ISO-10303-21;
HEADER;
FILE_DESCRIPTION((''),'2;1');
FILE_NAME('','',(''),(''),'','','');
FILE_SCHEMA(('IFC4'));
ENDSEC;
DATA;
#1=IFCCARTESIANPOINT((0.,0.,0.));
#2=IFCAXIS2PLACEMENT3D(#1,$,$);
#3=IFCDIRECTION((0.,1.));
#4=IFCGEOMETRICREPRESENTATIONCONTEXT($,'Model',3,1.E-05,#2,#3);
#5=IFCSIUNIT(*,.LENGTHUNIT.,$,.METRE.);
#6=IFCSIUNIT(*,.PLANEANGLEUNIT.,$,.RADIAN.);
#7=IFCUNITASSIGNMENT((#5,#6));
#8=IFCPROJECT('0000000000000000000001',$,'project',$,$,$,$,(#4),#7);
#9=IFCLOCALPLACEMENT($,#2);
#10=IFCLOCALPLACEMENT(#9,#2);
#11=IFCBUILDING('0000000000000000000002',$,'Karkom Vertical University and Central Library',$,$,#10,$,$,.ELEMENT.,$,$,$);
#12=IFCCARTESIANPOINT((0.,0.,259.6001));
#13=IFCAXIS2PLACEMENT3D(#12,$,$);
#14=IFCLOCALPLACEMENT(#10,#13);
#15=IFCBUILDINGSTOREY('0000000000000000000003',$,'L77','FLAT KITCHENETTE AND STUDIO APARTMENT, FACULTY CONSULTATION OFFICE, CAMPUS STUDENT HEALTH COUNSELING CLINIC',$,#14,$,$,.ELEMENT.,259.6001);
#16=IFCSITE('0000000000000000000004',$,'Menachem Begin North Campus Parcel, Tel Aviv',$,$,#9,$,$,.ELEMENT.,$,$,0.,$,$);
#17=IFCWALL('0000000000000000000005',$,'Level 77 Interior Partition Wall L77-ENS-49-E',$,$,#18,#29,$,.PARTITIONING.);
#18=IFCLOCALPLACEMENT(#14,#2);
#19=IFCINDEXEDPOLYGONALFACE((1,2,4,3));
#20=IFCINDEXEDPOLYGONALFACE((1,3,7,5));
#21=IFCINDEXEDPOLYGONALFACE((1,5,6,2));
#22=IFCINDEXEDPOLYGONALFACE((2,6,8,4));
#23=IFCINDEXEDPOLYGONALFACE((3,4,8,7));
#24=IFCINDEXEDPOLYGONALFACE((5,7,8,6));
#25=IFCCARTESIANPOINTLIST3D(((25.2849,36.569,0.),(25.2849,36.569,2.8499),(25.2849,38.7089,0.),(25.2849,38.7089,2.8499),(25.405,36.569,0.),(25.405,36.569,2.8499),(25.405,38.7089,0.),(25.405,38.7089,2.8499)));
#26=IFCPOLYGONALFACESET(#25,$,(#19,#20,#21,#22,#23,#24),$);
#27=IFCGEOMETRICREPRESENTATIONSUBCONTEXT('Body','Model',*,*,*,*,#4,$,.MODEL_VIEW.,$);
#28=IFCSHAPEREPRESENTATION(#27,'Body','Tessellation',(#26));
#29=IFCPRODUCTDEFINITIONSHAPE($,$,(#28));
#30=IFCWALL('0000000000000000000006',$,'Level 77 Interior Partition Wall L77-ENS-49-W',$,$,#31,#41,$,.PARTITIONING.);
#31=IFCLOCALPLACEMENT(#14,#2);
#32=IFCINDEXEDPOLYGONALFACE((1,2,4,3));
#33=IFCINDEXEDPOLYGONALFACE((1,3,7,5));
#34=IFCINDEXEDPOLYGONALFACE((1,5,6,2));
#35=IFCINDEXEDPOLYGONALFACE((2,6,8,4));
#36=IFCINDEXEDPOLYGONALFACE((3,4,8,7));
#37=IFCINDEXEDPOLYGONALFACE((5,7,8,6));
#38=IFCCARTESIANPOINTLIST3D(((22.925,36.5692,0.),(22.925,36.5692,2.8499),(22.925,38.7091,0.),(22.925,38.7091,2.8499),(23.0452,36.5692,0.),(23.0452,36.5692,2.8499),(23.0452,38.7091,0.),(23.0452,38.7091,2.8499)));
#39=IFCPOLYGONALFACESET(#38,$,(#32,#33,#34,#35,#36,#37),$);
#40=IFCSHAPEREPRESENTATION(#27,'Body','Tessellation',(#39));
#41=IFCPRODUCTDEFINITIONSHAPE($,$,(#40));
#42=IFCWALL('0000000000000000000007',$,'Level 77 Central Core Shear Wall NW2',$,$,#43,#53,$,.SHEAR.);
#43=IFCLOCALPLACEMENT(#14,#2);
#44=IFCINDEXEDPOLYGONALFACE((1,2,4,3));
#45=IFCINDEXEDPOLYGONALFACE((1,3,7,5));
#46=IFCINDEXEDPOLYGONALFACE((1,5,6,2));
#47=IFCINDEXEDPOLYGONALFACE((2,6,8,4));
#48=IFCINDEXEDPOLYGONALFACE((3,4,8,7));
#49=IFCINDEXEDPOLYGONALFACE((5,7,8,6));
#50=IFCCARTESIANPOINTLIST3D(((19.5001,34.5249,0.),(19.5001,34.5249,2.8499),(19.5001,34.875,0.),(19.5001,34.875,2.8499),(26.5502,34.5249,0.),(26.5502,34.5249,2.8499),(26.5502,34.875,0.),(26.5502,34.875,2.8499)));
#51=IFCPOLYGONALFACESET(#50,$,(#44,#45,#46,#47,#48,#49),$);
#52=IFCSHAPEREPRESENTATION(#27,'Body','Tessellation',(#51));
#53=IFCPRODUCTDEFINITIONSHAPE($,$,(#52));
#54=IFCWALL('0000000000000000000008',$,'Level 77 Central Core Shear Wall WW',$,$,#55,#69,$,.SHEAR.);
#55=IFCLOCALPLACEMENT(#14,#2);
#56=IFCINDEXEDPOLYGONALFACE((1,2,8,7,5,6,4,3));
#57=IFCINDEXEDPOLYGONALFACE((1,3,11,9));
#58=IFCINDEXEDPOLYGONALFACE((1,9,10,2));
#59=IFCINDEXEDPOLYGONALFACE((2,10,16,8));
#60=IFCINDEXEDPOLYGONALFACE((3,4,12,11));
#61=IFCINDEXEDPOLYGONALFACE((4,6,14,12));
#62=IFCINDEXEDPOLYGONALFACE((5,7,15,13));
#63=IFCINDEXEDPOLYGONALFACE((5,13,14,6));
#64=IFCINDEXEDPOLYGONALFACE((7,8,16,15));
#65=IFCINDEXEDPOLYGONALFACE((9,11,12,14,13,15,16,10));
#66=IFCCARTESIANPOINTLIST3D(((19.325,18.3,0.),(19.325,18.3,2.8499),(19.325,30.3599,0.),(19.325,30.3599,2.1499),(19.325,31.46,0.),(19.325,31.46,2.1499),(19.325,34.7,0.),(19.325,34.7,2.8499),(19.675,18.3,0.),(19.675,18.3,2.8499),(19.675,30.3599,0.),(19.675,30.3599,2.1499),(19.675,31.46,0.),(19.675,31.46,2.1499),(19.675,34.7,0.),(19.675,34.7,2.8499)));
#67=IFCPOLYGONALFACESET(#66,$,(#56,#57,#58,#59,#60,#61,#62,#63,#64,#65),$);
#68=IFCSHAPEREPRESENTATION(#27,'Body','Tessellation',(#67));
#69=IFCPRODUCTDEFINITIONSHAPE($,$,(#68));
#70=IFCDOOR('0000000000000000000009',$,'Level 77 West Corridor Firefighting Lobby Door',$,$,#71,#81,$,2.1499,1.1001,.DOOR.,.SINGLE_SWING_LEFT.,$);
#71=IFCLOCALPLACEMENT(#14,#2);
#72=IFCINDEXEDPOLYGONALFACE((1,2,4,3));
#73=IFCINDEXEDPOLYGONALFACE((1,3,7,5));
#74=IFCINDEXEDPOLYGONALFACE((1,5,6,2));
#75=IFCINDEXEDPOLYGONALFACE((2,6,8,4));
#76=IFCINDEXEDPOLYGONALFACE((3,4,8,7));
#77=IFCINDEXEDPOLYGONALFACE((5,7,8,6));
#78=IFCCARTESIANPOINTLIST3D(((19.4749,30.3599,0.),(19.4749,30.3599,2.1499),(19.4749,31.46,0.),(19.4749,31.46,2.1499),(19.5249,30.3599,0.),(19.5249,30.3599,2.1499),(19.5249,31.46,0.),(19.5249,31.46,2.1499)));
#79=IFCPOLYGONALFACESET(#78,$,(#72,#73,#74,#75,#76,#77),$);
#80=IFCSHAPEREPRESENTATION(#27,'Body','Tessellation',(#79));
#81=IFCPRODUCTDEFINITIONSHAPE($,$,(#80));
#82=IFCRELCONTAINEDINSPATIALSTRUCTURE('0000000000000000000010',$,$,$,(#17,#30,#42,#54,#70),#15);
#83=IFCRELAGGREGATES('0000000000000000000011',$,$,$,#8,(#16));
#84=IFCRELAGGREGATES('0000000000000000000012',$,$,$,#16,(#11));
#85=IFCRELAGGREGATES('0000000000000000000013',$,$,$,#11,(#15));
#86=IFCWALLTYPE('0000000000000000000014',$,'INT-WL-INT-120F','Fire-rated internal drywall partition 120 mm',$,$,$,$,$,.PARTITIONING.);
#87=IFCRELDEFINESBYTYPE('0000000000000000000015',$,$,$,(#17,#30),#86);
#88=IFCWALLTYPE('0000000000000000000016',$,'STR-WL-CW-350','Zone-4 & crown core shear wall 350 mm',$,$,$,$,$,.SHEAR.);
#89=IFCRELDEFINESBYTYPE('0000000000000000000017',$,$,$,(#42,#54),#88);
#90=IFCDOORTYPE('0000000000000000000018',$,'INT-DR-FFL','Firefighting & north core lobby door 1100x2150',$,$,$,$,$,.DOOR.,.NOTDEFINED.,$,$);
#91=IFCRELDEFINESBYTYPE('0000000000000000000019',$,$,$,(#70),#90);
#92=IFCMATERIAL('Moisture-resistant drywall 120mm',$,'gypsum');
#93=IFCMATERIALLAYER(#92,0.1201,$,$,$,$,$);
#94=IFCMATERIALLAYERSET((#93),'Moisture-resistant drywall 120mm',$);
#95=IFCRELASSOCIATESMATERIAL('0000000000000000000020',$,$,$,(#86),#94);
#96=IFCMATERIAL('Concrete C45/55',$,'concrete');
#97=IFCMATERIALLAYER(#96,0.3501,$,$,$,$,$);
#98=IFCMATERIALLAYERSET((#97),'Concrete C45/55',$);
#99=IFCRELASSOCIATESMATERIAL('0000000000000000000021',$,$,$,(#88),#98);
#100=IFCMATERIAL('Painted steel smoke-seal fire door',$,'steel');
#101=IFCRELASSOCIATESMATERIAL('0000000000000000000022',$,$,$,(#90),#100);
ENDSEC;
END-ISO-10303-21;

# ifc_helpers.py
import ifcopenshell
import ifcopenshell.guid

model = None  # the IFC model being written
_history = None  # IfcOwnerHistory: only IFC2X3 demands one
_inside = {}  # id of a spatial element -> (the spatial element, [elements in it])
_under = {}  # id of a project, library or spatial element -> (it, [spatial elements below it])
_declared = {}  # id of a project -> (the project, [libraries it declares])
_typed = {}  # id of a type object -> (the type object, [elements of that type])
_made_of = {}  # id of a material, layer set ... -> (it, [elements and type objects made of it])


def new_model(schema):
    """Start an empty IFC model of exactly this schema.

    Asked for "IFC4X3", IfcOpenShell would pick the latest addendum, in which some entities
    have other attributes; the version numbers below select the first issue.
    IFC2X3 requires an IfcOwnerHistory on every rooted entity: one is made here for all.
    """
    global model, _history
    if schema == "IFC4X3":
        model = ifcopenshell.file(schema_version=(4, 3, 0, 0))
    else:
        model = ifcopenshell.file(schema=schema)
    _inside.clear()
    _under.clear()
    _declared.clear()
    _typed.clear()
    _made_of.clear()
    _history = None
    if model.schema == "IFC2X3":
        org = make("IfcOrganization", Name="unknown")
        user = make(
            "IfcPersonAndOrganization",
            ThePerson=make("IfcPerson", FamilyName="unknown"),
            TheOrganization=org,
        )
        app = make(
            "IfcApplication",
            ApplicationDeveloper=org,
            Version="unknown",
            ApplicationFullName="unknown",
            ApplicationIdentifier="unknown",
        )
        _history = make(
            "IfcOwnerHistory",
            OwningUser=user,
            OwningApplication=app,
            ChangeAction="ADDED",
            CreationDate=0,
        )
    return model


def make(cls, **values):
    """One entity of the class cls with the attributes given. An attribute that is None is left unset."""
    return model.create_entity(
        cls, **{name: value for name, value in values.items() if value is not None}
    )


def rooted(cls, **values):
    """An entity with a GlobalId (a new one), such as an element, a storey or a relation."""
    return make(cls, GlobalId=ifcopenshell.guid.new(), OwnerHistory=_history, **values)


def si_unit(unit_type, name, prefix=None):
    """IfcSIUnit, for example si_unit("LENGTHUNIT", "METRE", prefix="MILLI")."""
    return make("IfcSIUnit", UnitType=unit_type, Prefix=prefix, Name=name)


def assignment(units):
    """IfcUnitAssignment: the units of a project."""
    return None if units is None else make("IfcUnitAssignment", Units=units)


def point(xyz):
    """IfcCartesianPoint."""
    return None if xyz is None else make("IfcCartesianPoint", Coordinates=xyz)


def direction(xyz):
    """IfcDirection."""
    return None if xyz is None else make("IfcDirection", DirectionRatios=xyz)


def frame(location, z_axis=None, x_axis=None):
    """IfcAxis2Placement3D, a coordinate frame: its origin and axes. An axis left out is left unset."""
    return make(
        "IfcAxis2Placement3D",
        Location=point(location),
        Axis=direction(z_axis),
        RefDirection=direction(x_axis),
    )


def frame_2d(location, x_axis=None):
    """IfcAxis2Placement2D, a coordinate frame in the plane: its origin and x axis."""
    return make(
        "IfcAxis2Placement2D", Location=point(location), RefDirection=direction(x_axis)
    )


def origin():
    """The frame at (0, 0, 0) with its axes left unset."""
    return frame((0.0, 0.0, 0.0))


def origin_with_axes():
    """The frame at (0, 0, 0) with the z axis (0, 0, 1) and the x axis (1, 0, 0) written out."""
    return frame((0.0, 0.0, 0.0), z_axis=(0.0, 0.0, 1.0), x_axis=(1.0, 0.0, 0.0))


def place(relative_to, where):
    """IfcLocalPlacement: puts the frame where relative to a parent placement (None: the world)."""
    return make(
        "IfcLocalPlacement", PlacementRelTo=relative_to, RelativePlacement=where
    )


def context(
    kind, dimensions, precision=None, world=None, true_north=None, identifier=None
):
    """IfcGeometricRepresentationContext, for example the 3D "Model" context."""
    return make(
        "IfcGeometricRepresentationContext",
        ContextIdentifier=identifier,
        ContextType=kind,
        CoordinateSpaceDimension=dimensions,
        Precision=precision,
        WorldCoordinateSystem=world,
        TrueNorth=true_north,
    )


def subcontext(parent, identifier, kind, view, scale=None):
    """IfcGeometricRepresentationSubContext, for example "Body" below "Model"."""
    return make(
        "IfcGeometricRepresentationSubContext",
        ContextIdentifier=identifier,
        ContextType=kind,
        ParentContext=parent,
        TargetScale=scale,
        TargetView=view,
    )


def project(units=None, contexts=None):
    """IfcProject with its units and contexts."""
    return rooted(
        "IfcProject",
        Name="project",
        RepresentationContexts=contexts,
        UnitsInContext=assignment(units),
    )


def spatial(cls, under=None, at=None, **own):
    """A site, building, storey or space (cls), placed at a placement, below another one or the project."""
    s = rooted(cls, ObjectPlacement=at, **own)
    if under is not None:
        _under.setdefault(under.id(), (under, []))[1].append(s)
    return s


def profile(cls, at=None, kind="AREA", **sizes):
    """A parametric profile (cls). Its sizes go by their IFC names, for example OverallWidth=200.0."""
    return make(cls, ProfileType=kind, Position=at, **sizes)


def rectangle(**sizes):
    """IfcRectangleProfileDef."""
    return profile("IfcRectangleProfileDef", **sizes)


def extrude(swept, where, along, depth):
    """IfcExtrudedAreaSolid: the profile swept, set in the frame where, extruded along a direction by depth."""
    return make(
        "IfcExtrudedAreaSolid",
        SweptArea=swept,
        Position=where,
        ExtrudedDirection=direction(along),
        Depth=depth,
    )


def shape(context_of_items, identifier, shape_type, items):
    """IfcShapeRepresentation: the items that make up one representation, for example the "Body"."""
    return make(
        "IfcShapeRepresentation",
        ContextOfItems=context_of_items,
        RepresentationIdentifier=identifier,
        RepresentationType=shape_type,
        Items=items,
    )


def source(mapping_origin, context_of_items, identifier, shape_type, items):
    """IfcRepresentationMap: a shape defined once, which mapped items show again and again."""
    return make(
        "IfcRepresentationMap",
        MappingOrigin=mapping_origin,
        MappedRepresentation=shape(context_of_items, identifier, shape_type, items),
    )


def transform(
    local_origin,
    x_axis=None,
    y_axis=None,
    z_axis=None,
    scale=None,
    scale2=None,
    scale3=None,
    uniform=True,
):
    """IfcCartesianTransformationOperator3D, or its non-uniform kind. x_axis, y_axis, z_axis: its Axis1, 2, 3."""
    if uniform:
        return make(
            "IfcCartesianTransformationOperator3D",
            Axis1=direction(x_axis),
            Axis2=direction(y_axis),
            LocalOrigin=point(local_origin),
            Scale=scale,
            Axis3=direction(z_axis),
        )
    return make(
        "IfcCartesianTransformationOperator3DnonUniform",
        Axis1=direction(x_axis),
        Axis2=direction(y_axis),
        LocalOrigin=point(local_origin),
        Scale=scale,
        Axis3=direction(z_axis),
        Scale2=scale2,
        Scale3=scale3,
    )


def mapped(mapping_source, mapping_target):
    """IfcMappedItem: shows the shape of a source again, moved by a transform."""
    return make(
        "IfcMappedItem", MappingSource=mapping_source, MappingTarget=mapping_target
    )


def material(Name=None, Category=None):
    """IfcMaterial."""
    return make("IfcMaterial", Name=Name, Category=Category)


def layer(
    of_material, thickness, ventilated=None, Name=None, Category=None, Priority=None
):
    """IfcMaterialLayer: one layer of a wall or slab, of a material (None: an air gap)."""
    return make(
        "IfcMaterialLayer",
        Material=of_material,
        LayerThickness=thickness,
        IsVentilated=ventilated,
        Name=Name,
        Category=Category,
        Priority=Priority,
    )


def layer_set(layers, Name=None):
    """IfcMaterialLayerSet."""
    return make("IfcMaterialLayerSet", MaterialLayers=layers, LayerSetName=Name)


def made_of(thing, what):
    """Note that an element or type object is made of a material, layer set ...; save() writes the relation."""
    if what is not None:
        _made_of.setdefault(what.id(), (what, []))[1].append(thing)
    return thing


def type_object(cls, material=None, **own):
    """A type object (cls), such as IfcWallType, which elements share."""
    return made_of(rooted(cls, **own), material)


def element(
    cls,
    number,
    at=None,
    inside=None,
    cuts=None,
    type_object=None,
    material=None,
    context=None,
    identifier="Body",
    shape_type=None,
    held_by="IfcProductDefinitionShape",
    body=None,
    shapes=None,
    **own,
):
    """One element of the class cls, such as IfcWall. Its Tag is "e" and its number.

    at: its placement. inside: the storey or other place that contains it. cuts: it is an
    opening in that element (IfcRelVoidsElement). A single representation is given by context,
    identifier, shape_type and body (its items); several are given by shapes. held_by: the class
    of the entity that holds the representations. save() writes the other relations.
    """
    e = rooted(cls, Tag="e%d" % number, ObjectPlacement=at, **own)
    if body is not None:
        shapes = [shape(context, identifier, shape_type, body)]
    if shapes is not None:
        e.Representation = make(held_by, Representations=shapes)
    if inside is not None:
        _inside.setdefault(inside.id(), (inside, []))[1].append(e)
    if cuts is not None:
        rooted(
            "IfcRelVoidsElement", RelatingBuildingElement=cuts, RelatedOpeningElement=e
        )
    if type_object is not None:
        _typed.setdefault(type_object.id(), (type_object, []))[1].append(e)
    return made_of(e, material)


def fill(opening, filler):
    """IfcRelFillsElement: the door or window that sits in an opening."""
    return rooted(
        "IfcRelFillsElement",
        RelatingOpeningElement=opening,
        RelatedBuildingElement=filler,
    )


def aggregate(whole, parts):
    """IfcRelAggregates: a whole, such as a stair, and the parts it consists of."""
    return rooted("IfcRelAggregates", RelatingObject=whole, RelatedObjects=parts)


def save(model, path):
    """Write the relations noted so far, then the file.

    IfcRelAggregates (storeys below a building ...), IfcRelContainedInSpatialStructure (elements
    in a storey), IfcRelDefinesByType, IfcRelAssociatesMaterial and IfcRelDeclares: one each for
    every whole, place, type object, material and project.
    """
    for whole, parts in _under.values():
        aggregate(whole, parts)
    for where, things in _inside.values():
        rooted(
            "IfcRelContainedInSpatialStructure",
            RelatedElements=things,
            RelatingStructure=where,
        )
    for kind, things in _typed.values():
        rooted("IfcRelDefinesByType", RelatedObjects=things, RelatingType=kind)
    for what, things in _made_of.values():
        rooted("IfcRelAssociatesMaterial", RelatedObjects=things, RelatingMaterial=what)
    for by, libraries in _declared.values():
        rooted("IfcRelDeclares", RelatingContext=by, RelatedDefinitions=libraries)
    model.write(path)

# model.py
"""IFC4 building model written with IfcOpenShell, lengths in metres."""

from ifc_helpers import new_model, si_unit, direction, frame, frame_2d, origin, origin_with_axes, place, context, subcontext, project, spatial, rectangle, extrude, source, transform, mapped, material, layer, layer_set, type_object, element, fill, save


model = new_model("IFC4")

# Units and contexts
model_context = context("Model", 3, precision=1e-05, world=origin(), true_north=direction((0.0, 1.0)))
body_context = subcontext(model_context, "Body", "Model", "MODEL_VIEW")
ifc_project = project(units=[si_unit("LENGTHUNIT", "METRE"), si_unit("PLANEANGLEUNIT", "RADIAN")], contexts=[model_context])

# Site, building, storey
site_placement = place(None, origin())
site = spatial("IfcSite", under=ifc_project, at=site_placement, Name="Menachem Begin North Campus Parcel, Tel Aviv", CompositionType="ELEMENT", RefElevation=0.0)
building_placement = place(site_placement, origin())
building = spatial("IfcBuilding", under=site, at=building_placement, Name="Karkom Vertical University and Central Library", CompositionType="ELEMENT")
storey_placement = place(building_placement, frame((0.0, 0.0, 259.6001)))
storey = spatial("IfcBuildingStorey", under=building, at=storey_placement, Name="L77", Description="FLAT KITCHENETTE AND STUDIO APARTMENT, FACULTY CONSULTATION OFFICE, CAMPUS STUDENT HEALTH COUNSELING CLINIC", CompositionType="ELEMENT", Elevation=259.6001)

# Shared definitions
ifc_material_1 = material(Name="Concrete C45/55", Category="concrete")

# Shared definitions
ifc_material_2 = material(Name="Moisture-resistant drywall 120mm", Category="gypsum")
ifc_layer_1 = layer(ifc_material_2, 0.1201)
ifc_layer_set_1 = layer_set([ifc_layer_1], Name="Moisture-resistant drywall 120mm")
wall_type_1 = type_object("IfcWallType", Name="INT-WL-INT-120F", Description="Fire-rated internal drywall partition 120 mm", PredefinedType="PARTITIONING", material=ifc_layer_set_1)

# Walls
for number, where, z_axis, x_axis, name in (
    (1, (25.345, 36.5691, 0.0), (0.0, 0.0, 1.0), (0.0, 1.0, 0.0), "Level 77 Interior Partition Wall L77-ENS-49-E"),
    (2, (22.9851, 38.709, 0.0), (0.0, 0.0, 1.0), (0.0, -1.0, 0.0), "Level 77 Interior Partition Wall L77-ENS-49-W"),
):
    element("IfcWall", number, at=place(storey_placement, frame(where, z_axis=z_axis, x_axis=x_axis)), inside=storey, type_object=wall_type_1, Name=name, PredefinedType="PARTITIONING", context=body_context, shape_type="SweptSolid", body=[
        extrude(rectangle(XDim=2.1399, YDim=0.1201, at=frame_2d((1.0698, 0.0))), origin(), (0.0, 0.0, 1.0), 2.8499),
    ])
ifc_layer_2 = layer(ifc_material_1, 0.3501)
ifc_layer_set_2 = layer_set([ifc_layer_2], Name="Concrete C45/55")
wall_type_2 = type_object("IfcWallType", Name="STR-WL-CW-350", Description="Zone-4 & crown core shear wall 350 mm", PredefinedType="SHEAR", material=ifc_layer_set_2)
wall_1_placement = place(storey_placement, frame((26.55, 34.7, 0.0), z_axis=(0.0, 0.0, 1.0), x_axis=(-1.0, 0.0, 0.0)))
element("IfcWall", 3, at=wall_1_placement, inside=storey, type_object=wall_type_2, Name="Level 77 Central Core Shear Wall NW2", PredefinedType="SHEAR", context=body_context, shape_type="SweptSolid", body=[
    extrude(rectangle(XDim=7.05, YDim=0.3501, at=frame_2d((3.5249, 0.0))), origin(), (0.0, 0.0, 1.0), 2.8499),
])

# Wall, opening, door
wall_2_placement = place(storey_placement, frame((19.5, 34.7, 0.0), z_axis=(0.0, 0.0, 1.0), x_axis=(0.0, -1.0, 0.0)))
wall_2 = element("IfcWall", 4, at=wall_2_placement, inside=storey, type_object=wall_type_2, Name="Level 77 Central Core Shear Wall WW", PredefinedType="SHEAR", context=body_context, shape_type="SweptSolid", body=[
    extrude(rectangle(XDim=16.3999, YDim=0.3501, at=frame_2d((8.2, 0.0))), origin(), (0.0, 0.0, 1.0), 2.8499),
])
opening_1_placement = place(wall_2_placement, frame((3.24, 0.0, 0.0)))
opening_1 = element("IfcOpeningElement", 5, at=opening_1_placement, cuts=wall_2, PredefinedType="OPENING", context=body_context, shape_type="SweptSolid", body=[
    extrude(rectangle(XDim=1.1001, YDim=2.1499, at=frame_2d((0.55, 1.075))), frame((0.0, 0.1851, 0.0), z_axis=(0.0, -1.0, 0.0), x_axis=(1.0, 0.0, 0.0)), (0.0, 0.0, 1.0), 0.3701),
])
ifc_material_3 = material(Name="Painted steel smoke-seal fire door", Category="steel")
door_type_1 = type_object("IfcDoorType", Name="INT-DR-FFL", Description="Firefighting & north core lobby door 1100x2150", OperationType="NOTDEFINED", PredefinedType="DOOR", material=ifc_material_3)
shared_shape_1 = source(origin_with_axes(), body_context, "Body", "SweptSolid", [
    extrude(rectangle(XDim=1.1001, YDim=2.1499, at=frame_2d((0.55, 1.075))), frame((0.0, 0.0249, 0.0), z_axis=(0.0, -1.0, 0.0), x_axis=(1.0, 0.0, 0.0)), (0.0, 0.0, 1.0), 0.05),
])
door_1_placement = place(opening_1_placement, origin())
door_1 = element("IfcDoor", 6, at=door_1_placement, inside=storey, type_object=door_type_1, Name="Level 77 West Corridor Firefighting Lobby Door", OperationType="SINGLE_SWING_LEFT", OverallHeight=2.1499, OverallWidth=1.1001, PredefinedType="DOOR", context=body_context, shape_type="MappedRepresentation", body=[
    mapped(shared_shape_1, transform((0.0, 0.0, 0.0), scale=1.0)),
])
fill(opening_1, door_1)

save(model, "model.ifc")
